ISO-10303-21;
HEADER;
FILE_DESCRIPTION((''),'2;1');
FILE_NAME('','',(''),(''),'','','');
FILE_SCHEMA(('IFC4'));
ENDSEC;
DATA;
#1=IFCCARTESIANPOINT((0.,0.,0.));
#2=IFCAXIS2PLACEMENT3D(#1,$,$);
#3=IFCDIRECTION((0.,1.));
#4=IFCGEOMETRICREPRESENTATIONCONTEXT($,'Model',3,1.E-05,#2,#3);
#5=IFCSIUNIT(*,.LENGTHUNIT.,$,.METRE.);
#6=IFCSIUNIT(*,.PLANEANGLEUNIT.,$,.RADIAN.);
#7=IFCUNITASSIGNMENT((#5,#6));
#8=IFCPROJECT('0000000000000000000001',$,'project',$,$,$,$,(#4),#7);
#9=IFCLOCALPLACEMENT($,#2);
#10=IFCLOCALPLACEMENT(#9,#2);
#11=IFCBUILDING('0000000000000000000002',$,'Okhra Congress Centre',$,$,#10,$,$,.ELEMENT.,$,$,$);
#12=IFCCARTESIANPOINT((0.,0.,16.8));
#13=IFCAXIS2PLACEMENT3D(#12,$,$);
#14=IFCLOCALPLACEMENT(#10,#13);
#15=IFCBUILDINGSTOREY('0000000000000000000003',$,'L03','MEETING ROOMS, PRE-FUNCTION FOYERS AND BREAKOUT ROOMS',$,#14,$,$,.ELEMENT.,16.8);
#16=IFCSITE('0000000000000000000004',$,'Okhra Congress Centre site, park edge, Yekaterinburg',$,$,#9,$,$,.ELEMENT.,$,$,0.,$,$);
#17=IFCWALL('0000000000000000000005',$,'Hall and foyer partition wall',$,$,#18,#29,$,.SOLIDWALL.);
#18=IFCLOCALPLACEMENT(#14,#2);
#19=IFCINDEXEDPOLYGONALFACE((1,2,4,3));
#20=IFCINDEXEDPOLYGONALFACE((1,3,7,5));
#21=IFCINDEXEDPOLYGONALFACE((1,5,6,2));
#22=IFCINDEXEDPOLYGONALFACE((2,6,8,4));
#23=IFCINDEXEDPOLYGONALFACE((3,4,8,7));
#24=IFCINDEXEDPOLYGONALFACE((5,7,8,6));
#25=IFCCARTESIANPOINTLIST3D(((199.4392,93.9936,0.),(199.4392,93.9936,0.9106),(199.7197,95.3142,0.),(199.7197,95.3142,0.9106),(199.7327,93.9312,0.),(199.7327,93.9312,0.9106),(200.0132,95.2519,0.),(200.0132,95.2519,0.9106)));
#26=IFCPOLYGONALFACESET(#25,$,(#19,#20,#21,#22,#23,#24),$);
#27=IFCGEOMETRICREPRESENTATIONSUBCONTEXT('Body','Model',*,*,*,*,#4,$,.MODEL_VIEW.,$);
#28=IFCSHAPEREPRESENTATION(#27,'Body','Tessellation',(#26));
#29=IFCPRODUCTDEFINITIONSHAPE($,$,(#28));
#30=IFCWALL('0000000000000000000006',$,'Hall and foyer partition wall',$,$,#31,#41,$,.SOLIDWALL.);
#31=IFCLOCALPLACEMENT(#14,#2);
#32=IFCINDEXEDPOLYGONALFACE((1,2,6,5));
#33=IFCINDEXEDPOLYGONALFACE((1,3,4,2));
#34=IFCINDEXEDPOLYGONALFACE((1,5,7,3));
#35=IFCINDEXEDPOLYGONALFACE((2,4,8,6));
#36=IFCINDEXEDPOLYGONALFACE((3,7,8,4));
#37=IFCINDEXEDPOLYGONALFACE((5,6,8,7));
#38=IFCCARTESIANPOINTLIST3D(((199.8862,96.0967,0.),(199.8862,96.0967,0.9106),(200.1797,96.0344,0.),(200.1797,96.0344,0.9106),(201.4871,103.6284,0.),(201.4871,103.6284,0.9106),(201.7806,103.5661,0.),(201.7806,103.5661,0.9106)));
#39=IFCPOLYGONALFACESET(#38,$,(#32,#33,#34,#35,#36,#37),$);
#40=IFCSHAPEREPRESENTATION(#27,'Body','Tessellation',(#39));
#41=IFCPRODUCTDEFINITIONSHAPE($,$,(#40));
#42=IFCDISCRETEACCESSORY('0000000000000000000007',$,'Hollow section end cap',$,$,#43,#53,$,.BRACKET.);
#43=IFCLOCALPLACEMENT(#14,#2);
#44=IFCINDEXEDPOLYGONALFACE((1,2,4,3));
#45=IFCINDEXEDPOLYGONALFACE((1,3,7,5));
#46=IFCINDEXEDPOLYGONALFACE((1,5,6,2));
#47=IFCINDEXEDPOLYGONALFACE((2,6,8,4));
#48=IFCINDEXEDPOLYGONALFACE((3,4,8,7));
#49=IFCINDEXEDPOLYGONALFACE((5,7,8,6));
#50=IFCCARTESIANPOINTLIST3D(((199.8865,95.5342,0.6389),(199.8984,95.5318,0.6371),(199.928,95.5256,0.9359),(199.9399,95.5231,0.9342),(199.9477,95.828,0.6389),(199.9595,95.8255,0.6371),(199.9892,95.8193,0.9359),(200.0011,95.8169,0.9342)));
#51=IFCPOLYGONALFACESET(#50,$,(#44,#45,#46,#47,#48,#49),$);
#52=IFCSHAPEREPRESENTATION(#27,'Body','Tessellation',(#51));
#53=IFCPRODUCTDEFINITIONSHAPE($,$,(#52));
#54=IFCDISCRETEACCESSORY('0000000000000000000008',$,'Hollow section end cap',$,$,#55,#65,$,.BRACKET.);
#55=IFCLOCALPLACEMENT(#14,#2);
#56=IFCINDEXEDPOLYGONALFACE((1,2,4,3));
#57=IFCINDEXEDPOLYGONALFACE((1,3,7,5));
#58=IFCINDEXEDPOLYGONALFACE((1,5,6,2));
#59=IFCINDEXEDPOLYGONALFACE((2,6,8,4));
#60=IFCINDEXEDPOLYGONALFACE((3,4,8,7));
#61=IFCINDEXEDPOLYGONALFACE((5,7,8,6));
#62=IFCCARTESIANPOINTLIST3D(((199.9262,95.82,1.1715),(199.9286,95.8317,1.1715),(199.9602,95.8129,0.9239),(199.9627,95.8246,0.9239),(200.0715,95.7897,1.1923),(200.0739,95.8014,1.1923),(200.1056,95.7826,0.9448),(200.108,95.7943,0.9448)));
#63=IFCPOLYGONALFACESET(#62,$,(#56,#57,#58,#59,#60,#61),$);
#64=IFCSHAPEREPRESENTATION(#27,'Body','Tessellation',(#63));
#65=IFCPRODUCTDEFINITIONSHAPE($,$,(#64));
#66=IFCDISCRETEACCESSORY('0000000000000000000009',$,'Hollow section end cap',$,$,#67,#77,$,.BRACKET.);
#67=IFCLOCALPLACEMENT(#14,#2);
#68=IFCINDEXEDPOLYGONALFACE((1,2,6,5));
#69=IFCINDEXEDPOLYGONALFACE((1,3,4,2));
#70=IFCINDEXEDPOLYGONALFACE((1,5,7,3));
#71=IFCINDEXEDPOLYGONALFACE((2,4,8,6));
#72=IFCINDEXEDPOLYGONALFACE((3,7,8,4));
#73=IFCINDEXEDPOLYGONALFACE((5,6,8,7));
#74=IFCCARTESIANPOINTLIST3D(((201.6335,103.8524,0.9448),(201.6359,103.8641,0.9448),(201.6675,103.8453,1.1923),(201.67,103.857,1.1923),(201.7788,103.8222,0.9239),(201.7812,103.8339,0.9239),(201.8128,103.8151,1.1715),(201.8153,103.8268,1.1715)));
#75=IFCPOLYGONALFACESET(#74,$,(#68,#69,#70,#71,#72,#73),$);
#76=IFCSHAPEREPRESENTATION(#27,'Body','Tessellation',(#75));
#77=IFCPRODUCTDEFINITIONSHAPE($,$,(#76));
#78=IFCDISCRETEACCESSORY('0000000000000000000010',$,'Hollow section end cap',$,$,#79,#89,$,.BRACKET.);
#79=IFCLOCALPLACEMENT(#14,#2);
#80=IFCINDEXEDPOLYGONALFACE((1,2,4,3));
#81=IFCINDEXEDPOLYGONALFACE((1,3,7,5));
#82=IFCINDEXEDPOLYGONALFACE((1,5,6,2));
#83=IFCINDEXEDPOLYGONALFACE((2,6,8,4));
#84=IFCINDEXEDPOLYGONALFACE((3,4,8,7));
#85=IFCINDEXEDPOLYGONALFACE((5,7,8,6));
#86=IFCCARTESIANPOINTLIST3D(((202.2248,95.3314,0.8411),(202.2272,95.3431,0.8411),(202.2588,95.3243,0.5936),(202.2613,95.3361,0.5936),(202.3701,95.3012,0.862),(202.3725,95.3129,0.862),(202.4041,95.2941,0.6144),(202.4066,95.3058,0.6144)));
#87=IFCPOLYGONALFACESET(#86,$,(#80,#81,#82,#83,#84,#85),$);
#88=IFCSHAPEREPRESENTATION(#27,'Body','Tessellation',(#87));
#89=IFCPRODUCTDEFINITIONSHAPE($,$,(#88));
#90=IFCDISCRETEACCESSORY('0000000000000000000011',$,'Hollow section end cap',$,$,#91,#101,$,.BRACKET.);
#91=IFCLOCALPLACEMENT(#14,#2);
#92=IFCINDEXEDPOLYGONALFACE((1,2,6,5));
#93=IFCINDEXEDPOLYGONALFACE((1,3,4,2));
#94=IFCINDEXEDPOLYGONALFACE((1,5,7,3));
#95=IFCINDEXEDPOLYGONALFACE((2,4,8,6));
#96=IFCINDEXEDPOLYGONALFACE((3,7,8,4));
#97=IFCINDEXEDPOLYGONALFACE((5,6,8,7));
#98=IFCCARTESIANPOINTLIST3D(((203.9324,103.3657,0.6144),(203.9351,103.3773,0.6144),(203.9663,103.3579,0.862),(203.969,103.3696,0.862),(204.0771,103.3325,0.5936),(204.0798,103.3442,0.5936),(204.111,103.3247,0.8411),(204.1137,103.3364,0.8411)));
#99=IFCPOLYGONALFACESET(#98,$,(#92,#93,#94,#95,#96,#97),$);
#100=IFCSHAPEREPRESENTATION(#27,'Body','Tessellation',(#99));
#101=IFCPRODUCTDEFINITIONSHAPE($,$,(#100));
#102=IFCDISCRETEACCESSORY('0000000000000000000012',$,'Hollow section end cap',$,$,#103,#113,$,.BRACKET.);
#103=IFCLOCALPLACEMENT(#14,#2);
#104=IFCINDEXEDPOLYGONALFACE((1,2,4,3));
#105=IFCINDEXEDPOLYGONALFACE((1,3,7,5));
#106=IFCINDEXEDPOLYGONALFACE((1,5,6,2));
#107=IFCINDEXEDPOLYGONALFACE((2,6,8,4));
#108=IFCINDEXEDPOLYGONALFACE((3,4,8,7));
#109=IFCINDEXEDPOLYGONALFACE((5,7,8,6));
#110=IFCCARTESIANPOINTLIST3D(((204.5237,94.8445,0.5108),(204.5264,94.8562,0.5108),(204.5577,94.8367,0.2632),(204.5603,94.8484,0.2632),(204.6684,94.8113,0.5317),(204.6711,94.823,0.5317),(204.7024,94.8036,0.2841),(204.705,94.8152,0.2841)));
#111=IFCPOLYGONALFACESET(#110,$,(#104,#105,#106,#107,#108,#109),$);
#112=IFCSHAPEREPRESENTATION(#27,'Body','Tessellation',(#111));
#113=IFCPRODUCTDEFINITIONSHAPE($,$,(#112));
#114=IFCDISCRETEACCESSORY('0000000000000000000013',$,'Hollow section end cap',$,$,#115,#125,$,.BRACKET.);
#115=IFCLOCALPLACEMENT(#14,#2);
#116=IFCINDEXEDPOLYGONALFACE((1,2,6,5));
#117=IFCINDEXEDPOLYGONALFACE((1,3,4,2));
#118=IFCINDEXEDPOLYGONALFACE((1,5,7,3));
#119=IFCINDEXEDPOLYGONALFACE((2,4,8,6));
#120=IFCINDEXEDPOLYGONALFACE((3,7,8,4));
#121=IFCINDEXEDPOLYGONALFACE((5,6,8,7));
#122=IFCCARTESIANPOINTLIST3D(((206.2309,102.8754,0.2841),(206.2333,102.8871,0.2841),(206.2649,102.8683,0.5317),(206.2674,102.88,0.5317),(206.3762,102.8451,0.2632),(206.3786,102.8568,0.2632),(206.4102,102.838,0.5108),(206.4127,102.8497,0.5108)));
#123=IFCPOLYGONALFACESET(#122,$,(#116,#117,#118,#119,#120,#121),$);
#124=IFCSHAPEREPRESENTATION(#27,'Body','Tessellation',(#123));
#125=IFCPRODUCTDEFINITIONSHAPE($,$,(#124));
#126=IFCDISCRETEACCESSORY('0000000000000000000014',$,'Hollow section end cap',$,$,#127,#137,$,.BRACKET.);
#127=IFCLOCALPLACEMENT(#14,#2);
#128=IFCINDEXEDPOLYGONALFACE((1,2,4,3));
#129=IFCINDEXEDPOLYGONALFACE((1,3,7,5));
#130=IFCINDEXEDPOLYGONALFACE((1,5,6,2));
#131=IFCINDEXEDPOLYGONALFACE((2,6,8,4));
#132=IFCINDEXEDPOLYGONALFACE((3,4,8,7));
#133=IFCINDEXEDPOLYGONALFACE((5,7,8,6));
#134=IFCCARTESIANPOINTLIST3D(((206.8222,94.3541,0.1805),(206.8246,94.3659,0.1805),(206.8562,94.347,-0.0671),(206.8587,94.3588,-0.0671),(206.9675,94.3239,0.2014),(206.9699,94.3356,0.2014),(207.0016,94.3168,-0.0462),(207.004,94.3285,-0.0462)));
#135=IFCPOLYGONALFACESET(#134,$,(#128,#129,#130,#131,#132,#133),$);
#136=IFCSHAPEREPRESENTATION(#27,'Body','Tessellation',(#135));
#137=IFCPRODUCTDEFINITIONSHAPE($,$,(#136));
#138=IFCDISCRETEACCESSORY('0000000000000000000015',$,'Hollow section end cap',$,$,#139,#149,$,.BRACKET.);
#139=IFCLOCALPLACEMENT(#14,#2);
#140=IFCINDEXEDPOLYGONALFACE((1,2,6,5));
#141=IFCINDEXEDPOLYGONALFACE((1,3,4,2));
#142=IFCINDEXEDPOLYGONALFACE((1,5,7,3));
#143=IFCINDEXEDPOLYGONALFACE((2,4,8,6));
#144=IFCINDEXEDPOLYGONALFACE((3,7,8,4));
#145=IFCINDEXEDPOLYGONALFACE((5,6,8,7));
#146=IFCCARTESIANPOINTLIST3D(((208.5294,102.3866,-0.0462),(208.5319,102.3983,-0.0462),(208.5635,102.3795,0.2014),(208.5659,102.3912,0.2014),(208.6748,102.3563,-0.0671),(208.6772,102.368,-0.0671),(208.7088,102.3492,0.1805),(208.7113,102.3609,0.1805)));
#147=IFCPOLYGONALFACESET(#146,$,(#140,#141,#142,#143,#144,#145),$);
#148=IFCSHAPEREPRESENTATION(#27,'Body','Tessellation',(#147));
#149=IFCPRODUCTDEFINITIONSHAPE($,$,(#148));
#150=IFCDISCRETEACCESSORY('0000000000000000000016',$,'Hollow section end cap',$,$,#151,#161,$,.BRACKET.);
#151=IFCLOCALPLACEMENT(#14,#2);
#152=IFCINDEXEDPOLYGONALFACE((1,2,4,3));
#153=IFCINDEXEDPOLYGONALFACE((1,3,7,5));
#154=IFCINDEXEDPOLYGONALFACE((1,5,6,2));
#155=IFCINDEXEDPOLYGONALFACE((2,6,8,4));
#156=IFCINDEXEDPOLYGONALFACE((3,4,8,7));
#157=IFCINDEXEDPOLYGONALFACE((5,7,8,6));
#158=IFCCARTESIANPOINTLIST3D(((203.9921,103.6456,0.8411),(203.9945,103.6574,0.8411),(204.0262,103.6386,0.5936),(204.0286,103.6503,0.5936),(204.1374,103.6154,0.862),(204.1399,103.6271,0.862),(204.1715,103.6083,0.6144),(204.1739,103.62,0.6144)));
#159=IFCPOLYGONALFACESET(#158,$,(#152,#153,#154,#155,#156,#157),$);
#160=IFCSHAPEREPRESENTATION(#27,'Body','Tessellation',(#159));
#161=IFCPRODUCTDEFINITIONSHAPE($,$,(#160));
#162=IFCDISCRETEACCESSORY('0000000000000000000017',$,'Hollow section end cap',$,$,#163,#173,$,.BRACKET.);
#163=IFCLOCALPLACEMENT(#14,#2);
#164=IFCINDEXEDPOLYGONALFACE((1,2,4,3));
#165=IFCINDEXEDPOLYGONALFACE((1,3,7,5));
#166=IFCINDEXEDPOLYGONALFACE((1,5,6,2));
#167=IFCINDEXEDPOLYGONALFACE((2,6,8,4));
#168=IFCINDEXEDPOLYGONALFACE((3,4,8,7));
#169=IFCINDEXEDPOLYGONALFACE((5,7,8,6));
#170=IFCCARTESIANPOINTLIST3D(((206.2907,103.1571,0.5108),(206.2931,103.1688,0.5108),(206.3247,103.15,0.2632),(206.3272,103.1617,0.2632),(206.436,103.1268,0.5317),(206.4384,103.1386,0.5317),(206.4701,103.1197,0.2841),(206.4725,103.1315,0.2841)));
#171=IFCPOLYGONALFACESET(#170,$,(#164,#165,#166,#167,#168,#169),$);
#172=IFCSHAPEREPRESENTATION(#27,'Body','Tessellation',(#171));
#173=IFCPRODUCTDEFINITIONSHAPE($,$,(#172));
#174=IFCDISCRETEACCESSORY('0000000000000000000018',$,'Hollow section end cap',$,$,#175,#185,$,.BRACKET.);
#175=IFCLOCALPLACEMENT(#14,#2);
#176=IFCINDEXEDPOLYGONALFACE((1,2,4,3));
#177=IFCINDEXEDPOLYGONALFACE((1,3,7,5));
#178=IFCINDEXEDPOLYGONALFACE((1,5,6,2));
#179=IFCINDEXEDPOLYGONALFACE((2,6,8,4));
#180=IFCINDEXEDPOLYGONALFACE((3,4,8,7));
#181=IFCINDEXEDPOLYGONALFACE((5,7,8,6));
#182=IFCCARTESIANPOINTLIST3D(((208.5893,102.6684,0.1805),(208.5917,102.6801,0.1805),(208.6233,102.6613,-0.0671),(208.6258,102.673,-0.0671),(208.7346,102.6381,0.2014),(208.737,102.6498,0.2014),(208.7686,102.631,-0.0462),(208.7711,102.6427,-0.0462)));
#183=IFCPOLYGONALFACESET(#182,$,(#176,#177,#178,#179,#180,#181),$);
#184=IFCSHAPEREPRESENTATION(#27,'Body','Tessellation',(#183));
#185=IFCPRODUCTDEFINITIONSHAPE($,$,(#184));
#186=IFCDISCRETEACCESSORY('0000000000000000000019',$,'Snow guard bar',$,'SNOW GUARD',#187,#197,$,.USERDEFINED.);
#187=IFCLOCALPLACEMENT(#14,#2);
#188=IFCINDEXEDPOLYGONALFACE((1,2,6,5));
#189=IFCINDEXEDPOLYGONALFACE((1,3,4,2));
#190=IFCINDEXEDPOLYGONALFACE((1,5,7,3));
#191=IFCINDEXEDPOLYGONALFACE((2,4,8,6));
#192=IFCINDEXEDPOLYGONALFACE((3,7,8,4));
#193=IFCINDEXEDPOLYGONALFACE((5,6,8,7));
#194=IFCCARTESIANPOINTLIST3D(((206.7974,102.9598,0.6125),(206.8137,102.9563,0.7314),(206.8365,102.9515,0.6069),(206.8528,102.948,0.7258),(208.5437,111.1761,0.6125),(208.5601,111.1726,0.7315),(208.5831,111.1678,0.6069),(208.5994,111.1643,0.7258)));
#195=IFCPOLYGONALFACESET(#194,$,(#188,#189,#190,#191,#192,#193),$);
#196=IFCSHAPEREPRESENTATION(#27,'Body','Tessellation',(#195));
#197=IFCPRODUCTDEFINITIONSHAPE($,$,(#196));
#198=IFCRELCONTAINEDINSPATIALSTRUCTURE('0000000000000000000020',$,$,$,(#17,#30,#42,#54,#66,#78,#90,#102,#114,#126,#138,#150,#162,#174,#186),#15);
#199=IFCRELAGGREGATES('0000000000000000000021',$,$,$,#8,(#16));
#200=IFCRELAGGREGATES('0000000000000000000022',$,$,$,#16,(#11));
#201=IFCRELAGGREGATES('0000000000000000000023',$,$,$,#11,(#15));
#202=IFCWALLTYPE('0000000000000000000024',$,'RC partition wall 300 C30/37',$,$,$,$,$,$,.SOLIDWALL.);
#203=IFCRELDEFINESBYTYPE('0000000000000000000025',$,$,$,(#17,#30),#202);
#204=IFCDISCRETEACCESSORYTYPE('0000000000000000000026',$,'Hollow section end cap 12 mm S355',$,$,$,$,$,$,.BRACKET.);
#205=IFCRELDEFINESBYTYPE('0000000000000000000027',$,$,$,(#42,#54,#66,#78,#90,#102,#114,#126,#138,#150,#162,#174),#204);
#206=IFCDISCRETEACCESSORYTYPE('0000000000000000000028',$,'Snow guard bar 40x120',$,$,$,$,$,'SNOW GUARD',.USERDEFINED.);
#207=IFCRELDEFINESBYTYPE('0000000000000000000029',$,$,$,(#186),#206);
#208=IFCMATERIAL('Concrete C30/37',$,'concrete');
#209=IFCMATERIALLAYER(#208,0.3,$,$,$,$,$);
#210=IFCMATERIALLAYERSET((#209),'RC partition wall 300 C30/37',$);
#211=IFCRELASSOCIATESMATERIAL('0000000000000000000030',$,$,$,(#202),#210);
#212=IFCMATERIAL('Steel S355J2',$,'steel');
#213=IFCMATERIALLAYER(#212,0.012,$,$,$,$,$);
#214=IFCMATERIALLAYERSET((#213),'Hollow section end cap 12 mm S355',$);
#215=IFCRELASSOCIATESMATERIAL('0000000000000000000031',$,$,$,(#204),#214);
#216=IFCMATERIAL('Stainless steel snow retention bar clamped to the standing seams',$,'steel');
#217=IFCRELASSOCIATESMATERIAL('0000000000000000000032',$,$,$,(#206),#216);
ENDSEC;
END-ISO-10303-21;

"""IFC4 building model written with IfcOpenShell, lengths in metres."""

from ifc_helpers import new_model, si_unit, direction, frame, frame_2d, origin, origin_2d, place, context, subcontext, project, spatial, polyline, rectangle, outline, extrude, material, layer, layer_set, type_object, element, save


model = new_model("IFC4")

# Units and contexts
model_context = context("Model", 3, precision=1e-05, world=origin(), true_north=direction((0.0, 1.0)))
body_context = subcontext(model_context, "Body", "Model", "MODEL_VIEW")
ifc_project = project(units=[si_unit("LENGTHUNIT", "METRE"), si_unit("PLANEANGLEUNIT", "RADIAN")], contexts=[model_context])

# Site, building, storey
site_placement = place(None, origin())
site = spatial("IfcSite", under=ifc_project, at=site_placement, Name="Okhra Congress Centre site, park edge, Yekaterinburg", CompositionType="ELEMENT", RefElevation=0.0)
building_placement = place(site_placement, origin())
building = spatial("IfcBuilding", under=site, at=building_placement, Name="Okhra Congress Centre", CompositionType="ELEMENT")
storey_placement = place(building_placement, frame((0.0, 0.0, 16.8)))
storey = spatial("IfcBuildingStorey", under=building, at=storey_placement, Name="L03", Description="MEETING ROOMS, PRE-FUNCTION FOYERS AND BREAKOUT ROOMS", CompositionType="ELEMENT", Elevation=16.8)

# Shared definitions
ifc_material_1 = material(Name="Steel S355J2", Category="steel")

# Walls
ifc_material_2 = material(Name="Concrete C30/37", Category="concrete")
ifc_layer_1 = layer(ifc_material_2, 0.3)
ifc_layer_set_1 = layer_set([ifc_layer_1], Name="RC partition wall 300 C30/37")
wall_type_1 = type_object("IfcWallType", Name="RC partition wall 300 C30/37", PredefinedType="SOLIDWALL", material=ifc_layer_set_1)
wall_1_placement = place(storey_placement, frame((199.5859, 93.9624, 0.0), z_axis=(0.0, 0.0, 1.0), x_axis=(0.207787, 0.978174, 0.0)))
element("IfcWall", 1, at=wall_1_placement, inside=storey, type_object=wall_type_1, Name="Hall and foyer partition wall", PredefinedType="SOLIDWALL", context=body_context, shape_type="SweptSolid", body=[
    extrude(rectangle(XDim=1.3501, YDim=0.3, at=frame_2d((0.675, 0.0))), origin(), (0.0, 0.0, 1.0), 0.9106),
])
wall_2_placement = place(storey_placement, frame((200.033, 96.0654, 0.0), z_axis=(0.0, 0.0, 1.0), x_axis=(0.2079, 0.97815, 0.0)))
element("IfcWall", 2, at=wall_2_placement, inside=storey, type_object=wall_type_1, Name="Hall and foyer partition wall", PredefinedType="SOLIDWALL", context=body_context, shape_type="SweptSolid", body=[
    extrude(rectangle(XDim=7.7, YDim=0.3, at=frame_2d((3.8501, 0.0))), origin(), (0.0, 0.0, 1.0), 0.9106),
])

# Discrete accessories
ifc_layer_2 = layer(ifc_material_1, 0.012)
ifc_layer_set_2 = layer_set([ifc_layer_2], Name="Hollow section end cap 12 mm S355")
discrete_accessory_type_1 = type_object("IfcDiscreteAccessoryType", Name="Hollow section end cap 12 mm S355", PredefinedType="BRACKET", material=ifc_layer_set_2)
discrete_accessory_1_placement = place(storey_placement, frame((199.9497, 95.6743, 0.7856), z_axis=(-0.969153, 0.201907, 0.141335), x_axis=(-0.203954, -0.97898, 0.0)))
element("IfcDiscreteAccessory", 3, at=discrete_accessory_1_placement, inside=storey, type_object=discrete_accessory_type_1, Name="Hollow section end cap", PredefinedType="BRACKET", context=body_context, shape_type="SweptSolid", body=[
    extrude(rectangle(XDim=0.3, YDim=0.3, at=origin_2d()), origin(), (0.0, 0.0, 1.0), 0.0122),
])
for number, where, z_axis, x_axis, name in (
    (4, (200.0183, 95.813, 1.0581), (-0.203954, -0.97898, 0.0), (0.969453, -0.201969, 0.139173), "Hollow section end cap"),
    (5, (201.7231, 103.8337, 1.0581), (0.203954, 0.97898, 0.0), (-0.969453, 0.201969, 0.139173), "Hollow section end cap"),
    (6, (202.3169, 95.3245, 0.7278), (-0.203954, -0.97898, 0.0), (0.969453, -0.201969, 0.139173), "Hollow section end cap"),
    (7, (204.0217, 103.3452, 0.7278), (0.223376, 0.974732, 0.0), (-0.965246, 0.221202, 0.139173), "Hollow section end cap"),
    (8, (204.6157, 94.8357, 0.3975), (-0.223376, -0.974732, 0.0), (0.965246, -0.221202, 0.139173), "Hollow section end cap"),
    (9, (206.3206, 102.8567, 0.3975), (0.203954, 0.97898, 0.0), (-0.969453, 0.201969, 0.139173), "Hollow section end cap"),
    (10, (206.9143, 94.3472, 0.0671), (-0.203954, -0.97898, 0.0), (0.969453, -0.201969, 0.139173), "Hollow section end cap"),
    (11, (208.6191, 102.3679, 0.0671), (0.203954, 0.97898, 0.0), (-0.969453, 0.201969, 0.139173), "Hollow section end cap"),
    (12, (204.0842, 103.6387, 0.7278), (-0.203954, -0.97898, 0.0), (0.969453, -0.201969, 0.139173), "Hollow section end cap"),
    (13, (206.3828, 103.1501, 0.3975), (-0.203954, -0.97898, 0.0), (0.969453, -0.201969, 0.139173), "Hollow section end cap"),
    (14, (208.6814, 102.6614, 0.0671), (-0.203954, -0.97898, 0.0), (0.969453, -0.201969, 0.139173), "Hollow section end cap"),
):
    element("IfcDiscreteAccessory", number, at=place(storey_placement, frame(where, z_axis=z_axis, x_axis=x_axis)), inside=storey, type_object=discrete_accessory_type_1, Name=name, PredefinedType="BRACKET", context=body_context, shape_type="SweptSolid", body=[
        extrude(rectangle(XDim=0.1499, YDim=0.25, at=origin_2d()), origin(), (0.0, 0.0, 1.0), 0.012),
    ])
ifc_material_3 = material(Name="Stainless steel snow retention bar clamped to the standing seams", Category="steel")
discrete_accessory_type_2 = type_object("IfcDiscreteAccessoryType", Name="Snow guard bar 40x120", ElementType="SNOW GUARD", PredefinedType="USERDEFINED", material=ifc_material_3)
discrete_accessory_2_placement = place(storey_placement, frame((206.8137, 102.9563, 0.7314), z_axis=(0.1358, -0.028866, 0.990316), x_axis=(0.968686, -0.205846, -0.138834)))
element("IfcDiscreteAccessory", 15, at=discrete_accessory_2_placement, inside=storey, type_object=discrete_accessory_type_2, Name="Snow guard bar", ObjectType="SNOW GUARD", PredefinedType="USERDEFINED", context=body_context, shape_type="SweptSolid", body=[
    extrude(outline(polyline([(0.0, 0.0), (0.0403, 0.0), (0.0409, 8.3999), (0.0004, 8.3998), (0.0, 0.0)])), origin(), (0.0, 0.0, -1.0), 0.1201),
])

save(model, "model.ifc")
